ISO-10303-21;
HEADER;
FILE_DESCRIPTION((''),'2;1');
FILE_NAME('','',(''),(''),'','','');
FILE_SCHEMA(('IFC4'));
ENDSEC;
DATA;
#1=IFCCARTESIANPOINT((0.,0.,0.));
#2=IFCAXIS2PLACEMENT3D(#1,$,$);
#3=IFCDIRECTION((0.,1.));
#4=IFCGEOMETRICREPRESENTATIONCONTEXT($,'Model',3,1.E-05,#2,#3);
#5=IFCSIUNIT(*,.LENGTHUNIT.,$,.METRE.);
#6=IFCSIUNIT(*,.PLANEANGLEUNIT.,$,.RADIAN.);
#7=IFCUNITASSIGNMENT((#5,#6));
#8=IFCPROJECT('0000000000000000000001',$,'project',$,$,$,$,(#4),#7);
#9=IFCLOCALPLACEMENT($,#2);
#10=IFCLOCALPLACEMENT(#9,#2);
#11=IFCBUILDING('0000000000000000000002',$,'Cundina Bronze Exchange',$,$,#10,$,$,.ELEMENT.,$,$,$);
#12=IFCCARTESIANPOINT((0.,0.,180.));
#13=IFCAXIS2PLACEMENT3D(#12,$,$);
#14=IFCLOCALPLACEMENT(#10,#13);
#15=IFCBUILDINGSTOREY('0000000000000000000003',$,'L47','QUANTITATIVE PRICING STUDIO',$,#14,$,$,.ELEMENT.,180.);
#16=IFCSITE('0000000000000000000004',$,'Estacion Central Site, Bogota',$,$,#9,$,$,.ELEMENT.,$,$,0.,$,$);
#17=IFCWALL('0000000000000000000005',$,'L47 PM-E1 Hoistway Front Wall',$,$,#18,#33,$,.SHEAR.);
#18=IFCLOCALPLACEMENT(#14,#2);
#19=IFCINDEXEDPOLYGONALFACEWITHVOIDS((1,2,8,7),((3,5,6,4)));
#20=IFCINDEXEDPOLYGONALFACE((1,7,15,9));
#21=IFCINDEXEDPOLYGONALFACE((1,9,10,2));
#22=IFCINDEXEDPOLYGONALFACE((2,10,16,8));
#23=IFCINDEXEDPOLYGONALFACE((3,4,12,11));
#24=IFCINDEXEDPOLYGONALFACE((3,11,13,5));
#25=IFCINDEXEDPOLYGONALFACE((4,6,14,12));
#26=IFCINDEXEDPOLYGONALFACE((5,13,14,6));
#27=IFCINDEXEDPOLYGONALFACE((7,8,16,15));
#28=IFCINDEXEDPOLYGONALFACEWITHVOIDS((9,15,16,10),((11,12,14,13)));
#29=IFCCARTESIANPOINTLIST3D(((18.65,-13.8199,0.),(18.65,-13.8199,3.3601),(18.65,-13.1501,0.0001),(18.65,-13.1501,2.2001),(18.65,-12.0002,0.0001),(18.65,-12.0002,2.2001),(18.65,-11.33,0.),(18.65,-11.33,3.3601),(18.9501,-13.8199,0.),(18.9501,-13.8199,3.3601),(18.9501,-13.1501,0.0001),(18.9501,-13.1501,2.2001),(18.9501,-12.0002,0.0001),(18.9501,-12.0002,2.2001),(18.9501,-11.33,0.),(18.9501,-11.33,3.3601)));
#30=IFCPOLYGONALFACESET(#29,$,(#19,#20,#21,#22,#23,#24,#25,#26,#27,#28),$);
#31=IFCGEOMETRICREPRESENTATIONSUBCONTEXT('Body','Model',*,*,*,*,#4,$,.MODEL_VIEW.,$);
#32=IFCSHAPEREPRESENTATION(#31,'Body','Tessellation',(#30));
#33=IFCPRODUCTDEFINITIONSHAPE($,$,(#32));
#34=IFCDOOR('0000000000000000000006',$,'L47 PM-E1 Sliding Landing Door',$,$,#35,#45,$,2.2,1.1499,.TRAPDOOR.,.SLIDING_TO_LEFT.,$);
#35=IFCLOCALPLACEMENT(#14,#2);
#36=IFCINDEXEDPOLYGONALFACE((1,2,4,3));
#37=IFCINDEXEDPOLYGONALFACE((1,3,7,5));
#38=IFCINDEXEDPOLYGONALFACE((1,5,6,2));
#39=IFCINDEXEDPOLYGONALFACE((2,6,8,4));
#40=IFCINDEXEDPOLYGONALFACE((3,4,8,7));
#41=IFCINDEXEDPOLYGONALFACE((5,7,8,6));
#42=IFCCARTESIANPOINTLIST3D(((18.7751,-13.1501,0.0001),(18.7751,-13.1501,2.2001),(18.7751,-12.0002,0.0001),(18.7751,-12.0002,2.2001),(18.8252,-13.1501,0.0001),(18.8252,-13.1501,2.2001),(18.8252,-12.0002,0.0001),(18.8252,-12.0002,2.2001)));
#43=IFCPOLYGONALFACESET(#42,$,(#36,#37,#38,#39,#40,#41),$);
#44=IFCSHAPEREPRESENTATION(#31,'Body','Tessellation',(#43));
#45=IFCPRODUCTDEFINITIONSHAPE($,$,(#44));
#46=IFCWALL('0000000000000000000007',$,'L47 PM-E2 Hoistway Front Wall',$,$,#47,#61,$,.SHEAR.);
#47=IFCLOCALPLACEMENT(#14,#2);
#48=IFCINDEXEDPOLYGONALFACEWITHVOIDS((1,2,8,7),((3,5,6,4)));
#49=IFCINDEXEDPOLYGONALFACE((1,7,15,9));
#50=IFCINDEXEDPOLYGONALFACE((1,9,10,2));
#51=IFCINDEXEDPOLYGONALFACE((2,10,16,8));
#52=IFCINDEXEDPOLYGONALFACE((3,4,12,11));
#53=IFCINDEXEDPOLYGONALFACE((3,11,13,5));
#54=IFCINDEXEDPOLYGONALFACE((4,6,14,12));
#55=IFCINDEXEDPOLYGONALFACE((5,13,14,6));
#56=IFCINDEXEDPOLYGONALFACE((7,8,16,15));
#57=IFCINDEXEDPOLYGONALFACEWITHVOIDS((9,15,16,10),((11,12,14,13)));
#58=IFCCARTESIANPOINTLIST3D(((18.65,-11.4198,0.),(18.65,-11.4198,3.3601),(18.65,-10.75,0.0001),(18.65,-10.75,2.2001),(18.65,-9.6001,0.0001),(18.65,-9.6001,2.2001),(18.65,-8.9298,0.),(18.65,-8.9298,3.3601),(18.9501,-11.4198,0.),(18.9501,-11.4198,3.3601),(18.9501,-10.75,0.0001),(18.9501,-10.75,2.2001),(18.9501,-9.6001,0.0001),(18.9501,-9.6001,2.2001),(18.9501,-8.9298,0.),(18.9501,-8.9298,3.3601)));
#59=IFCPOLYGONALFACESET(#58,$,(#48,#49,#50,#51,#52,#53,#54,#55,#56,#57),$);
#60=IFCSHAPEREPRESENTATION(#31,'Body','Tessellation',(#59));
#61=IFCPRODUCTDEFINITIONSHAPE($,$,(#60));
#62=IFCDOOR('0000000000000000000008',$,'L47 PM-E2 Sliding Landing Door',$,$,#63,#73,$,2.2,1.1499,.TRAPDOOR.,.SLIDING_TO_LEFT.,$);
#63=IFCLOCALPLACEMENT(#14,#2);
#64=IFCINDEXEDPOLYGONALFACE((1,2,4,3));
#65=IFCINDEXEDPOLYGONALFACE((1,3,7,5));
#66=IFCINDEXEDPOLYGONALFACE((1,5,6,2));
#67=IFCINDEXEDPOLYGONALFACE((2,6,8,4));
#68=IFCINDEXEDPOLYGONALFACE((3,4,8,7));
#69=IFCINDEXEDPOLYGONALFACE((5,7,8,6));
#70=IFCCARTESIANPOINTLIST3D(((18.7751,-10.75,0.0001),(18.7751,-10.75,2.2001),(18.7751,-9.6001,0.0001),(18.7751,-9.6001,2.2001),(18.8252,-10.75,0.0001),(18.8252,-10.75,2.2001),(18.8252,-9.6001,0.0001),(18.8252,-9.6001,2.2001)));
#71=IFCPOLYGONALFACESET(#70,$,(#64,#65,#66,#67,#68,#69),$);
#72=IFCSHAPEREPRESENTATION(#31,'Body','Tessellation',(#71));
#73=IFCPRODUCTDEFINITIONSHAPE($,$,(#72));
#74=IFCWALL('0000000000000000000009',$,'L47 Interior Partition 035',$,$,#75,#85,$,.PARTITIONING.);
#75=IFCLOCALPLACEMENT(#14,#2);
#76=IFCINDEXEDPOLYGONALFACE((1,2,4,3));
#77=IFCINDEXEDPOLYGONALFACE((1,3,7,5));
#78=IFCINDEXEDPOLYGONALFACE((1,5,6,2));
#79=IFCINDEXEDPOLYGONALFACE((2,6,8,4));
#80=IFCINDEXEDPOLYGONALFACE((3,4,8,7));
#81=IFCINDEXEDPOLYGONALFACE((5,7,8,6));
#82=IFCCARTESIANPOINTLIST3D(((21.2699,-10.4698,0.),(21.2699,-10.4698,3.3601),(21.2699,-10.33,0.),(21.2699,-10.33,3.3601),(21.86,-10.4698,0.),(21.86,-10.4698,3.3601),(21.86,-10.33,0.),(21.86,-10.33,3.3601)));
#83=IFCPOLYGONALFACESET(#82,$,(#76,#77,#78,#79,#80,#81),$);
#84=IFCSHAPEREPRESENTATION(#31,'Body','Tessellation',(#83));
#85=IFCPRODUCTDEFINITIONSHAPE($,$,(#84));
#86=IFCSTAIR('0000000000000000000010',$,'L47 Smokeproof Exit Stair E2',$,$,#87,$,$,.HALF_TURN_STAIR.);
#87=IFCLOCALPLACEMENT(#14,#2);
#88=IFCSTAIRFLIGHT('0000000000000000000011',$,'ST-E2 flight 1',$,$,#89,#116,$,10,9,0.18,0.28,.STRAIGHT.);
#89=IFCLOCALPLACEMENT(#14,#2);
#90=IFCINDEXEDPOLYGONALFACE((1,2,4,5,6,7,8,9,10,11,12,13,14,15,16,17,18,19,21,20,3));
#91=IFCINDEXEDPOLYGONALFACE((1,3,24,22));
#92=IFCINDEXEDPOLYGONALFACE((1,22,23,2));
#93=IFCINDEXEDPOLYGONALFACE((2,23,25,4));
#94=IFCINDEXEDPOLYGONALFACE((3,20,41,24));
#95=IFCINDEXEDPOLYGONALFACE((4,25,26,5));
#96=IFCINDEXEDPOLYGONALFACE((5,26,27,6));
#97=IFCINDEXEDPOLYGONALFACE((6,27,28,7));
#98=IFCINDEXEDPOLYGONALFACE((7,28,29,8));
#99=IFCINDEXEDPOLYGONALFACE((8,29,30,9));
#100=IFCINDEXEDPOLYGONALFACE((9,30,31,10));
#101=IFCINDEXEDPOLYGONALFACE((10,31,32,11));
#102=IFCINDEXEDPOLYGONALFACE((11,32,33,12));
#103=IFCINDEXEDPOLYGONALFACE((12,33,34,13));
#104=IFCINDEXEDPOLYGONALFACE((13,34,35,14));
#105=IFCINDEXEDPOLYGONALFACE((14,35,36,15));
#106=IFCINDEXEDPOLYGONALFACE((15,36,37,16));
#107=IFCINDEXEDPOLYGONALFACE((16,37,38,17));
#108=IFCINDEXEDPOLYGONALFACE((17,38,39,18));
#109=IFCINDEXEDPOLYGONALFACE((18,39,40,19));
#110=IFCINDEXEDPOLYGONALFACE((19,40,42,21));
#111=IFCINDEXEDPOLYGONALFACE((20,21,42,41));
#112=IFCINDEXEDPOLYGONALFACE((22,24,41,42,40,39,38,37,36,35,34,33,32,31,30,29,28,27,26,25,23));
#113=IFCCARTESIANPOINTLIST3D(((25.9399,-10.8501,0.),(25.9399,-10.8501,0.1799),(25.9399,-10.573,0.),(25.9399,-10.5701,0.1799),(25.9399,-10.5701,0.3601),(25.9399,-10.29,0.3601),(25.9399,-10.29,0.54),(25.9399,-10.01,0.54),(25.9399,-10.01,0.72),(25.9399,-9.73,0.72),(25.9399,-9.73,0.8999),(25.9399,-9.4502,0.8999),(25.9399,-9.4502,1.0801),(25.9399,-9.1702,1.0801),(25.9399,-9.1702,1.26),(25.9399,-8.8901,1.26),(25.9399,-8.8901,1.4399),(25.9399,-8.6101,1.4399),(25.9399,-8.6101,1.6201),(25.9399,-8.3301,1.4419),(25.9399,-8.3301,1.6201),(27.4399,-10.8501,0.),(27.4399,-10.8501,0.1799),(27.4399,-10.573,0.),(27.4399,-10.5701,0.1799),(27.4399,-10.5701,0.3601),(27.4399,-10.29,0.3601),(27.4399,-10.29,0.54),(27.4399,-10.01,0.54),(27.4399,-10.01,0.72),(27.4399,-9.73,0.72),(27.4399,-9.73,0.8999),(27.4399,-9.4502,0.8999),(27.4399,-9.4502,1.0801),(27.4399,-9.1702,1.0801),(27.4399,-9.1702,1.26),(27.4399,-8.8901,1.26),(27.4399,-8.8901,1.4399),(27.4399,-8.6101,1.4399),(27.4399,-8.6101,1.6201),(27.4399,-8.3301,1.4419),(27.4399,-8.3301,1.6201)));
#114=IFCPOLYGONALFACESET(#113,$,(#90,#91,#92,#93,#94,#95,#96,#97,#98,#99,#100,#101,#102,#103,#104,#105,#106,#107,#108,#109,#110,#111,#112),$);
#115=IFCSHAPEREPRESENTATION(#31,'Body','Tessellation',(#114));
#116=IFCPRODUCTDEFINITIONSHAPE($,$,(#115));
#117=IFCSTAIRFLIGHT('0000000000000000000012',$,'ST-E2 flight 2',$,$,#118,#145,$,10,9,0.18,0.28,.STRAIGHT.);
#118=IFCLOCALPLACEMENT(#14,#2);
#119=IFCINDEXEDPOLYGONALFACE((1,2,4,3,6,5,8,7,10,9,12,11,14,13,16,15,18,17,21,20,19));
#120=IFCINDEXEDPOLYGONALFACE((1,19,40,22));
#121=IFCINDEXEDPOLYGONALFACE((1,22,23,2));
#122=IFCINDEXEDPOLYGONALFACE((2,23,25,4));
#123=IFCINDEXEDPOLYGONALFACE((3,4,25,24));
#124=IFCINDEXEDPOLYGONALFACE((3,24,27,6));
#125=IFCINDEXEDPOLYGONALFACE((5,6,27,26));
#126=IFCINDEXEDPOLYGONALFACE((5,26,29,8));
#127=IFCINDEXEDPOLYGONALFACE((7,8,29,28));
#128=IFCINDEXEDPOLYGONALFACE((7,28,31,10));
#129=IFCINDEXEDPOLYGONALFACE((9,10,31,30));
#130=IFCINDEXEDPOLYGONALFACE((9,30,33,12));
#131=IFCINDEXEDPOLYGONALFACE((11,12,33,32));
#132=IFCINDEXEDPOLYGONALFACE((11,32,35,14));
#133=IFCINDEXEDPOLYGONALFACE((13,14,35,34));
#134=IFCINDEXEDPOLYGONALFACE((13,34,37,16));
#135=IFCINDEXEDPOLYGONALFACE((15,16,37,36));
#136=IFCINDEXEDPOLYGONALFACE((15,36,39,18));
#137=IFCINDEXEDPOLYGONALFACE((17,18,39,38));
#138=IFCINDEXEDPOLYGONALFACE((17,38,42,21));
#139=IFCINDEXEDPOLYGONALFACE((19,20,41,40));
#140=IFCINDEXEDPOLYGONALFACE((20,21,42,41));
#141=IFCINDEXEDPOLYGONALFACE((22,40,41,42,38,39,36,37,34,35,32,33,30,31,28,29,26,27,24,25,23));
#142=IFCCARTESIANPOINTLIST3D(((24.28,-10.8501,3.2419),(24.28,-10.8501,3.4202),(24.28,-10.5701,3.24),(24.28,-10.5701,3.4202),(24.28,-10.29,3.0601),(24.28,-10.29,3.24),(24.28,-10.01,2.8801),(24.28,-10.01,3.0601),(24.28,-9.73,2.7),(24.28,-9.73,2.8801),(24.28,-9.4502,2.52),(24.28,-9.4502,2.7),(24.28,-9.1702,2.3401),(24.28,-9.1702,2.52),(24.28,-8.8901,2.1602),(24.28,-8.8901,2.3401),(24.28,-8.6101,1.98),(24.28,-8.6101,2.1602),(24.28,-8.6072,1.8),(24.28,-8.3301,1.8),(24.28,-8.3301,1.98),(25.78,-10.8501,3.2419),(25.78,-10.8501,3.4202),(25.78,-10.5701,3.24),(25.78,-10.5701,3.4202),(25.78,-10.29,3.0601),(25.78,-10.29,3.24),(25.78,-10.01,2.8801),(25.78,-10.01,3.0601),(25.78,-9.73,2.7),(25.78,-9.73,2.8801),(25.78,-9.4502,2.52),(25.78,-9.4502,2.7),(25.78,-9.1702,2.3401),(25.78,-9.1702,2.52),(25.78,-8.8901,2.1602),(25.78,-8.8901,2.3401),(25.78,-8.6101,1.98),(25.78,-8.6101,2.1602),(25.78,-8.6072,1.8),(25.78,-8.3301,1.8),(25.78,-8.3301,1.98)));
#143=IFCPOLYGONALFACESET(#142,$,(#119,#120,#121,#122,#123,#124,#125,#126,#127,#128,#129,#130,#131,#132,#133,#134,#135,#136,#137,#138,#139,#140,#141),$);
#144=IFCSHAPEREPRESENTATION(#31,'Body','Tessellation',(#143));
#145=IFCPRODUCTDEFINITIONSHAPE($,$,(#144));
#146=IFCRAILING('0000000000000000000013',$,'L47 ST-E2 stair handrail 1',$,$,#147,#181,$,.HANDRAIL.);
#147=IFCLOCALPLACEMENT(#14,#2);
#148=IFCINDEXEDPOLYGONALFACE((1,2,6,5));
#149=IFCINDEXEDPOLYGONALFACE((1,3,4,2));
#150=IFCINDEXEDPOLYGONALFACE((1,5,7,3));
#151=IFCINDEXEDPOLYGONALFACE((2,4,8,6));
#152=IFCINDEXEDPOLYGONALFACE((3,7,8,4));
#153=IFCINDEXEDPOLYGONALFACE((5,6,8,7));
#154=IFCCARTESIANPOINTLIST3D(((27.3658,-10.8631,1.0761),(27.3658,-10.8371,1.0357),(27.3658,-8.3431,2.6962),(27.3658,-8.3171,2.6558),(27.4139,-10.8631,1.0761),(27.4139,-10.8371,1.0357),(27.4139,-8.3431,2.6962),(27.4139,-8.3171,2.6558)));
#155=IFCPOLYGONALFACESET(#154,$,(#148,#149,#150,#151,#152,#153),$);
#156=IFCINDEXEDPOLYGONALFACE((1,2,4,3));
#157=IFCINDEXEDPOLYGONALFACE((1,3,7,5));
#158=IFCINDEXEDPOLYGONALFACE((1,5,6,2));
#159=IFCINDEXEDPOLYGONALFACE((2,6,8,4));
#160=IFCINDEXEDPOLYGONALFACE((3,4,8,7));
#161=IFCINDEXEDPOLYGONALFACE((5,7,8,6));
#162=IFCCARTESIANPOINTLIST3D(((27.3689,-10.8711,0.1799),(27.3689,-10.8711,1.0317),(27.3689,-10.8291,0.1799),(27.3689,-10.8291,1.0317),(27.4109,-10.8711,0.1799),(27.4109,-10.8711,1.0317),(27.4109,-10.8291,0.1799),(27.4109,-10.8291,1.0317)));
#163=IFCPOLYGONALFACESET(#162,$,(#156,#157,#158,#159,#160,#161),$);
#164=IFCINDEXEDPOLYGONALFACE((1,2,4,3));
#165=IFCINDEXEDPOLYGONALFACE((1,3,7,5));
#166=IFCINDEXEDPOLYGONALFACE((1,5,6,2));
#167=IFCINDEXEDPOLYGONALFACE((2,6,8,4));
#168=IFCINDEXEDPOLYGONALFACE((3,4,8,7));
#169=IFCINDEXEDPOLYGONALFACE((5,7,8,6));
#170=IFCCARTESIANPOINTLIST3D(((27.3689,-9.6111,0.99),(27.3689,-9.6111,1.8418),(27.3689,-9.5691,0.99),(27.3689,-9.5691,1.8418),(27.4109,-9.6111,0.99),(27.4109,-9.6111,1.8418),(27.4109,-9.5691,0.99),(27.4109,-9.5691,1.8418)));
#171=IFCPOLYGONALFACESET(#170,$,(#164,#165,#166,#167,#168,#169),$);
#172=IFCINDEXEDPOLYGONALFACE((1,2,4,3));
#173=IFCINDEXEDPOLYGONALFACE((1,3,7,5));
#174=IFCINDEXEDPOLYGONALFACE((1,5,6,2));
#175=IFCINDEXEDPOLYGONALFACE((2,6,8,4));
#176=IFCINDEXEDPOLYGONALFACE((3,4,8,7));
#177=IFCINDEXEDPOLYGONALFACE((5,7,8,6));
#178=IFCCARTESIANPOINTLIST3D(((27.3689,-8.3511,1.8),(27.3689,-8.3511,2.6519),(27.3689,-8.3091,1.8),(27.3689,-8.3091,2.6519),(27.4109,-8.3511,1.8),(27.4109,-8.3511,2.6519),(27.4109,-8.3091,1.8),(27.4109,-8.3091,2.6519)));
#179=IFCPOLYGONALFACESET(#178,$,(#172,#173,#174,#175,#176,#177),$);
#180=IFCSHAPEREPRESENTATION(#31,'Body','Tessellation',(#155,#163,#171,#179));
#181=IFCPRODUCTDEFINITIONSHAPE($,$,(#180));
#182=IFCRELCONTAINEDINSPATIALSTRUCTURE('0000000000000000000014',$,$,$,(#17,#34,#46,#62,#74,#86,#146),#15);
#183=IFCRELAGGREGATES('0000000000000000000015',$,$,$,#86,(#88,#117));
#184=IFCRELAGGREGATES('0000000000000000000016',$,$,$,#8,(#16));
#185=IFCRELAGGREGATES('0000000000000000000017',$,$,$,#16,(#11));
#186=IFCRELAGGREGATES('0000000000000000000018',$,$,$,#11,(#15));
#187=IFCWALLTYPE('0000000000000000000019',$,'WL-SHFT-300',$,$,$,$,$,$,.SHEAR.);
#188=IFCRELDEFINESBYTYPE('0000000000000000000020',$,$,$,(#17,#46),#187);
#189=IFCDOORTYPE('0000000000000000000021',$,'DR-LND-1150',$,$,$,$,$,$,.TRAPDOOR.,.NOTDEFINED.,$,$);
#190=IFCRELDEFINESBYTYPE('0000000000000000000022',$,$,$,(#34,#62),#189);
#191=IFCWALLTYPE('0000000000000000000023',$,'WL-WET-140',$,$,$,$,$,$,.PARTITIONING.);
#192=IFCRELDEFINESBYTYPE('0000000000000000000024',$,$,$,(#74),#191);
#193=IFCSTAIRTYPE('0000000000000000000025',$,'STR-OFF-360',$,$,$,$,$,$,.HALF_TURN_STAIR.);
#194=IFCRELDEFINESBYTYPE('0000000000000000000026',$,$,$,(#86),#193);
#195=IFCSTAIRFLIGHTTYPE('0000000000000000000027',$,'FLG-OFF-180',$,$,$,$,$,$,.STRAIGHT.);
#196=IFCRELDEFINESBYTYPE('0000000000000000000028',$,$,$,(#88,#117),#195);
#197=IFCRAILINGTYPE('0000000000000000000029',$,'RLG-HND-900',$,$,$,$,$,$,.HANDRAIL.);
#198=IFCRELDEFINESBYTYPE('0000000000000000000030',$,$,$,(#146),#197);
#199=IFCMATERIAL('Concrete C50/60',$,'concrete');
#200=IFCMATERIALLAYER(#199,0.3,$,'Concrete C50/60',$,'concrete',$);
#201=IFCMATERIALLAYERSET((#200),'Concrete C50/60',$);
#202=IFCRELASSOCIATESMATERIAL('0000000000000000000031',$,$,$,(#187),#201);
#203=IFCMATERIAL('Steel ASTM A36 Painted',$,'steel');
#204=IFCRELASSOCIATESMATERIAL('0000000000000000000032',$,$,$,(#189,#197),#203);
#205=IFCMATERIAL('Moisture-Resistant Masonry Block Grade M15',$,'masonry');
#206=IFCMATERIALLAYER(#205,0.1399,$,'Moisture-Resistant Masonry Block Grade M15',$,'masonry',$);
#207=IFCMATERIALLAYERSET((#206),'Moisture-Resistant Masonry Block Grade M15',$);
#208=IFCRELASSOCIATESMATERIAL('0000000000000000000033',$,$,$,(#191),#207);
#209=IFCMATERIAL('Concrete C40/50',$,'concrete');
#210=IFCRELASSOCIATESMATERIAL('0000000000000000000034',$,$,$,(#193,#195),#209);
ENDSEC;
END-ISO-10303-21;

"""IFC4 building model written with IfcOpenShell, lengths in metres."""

from ifc_helpers import new_model, si_unit, direction, frame, frame_2d, origin, origin_2d, place, context, subcontext, project, spatial, polyline, rectangle, outline, extrude, material, layer, layer_set, type_object, element, fill, aggregate, save


model = new_model("IFC4")

# Units and contexts
model_context = context("Model", 3, precision=1e-05, world=origin(), true_north=direction((0.0, 1.0)))
body_context = subcontext(model_context, "Body", "Model", "MODEL_VIEW")
ifc_project = project(units=[si_unit("LENGTHUNIT", "METRE"), si_unit("PLANEANGLEUNIT", "RADIAN")], contexts=[model_context])

# Site, building, storey
site_placement = place(None, origin())
site = spatial("IfcSite", under=ifc_project, at=site_placement, Name="Estacion Central Site, Bogota", CompositionType="ELEMENT", RefElevation=0.0)
building_placement = place(site_placement, origin())
building = spatial("IfcBuilding", under=site, at=building_placement, Name="Cundina Bronze Exchange", CompositionType="ELEMENT")
storey_placement = place(building_placement, frame((0.0, 0.0, 180.0)))
storey = spatial("IfcBuildingStorey", under=building, at=storey_placement, Name="L47", Description="QUANTITATIVE PRICING STUDIO", CompositionType="ELEMENT", Elevation=180.0)

# Shared definitions
ifc_material_1 = material(Name="Concrete C50/60", Category="concrete")

# Shared definitions
ifc_layer_1 = layer(ifc_material_1, 0.3, Name="Concrete C50/60", Category="concrete")
ifc_layer_set_1 = layer_set([ifc_layer_1], Name="Concrete C50/60")
wall_type_1 = type_object("IfcWallType", Name="WL-SHFT-300", PredefinedType="SHEAR", material=ifc_layer_set_1)

# Shared definitions
ifc_material_2 = material(Name="Steel ASTM A36 Painted", Category="steel")
door_type_1 = type_object("IfcDoorType", Name="DR-LND-1150", OperationType="NOTDEFINED", PredefinedType="TRAPDOOR", material=ifc_material_2)

# Walls, openings, doors
wall_1_placement = place(storey_placement, frame((18.8, -13.8201, 0.0), z_axis=(0.0, 0.0, 1.0), x_axis=(0.0, 1.0, 0.0)))
wall_1 = element("IfcWall", 1, at=wall_1_placement, inside=storey, type_object=wall_type_1, Name="L47 PM-E1 Hoistway Front Wall", PredefinedType="SHEAR", context=body_context, shape_type="SweptSolid", body=[
    extrude(rectangle(XDim=2.49, YDim=0.3, at=frame_2d((1.2451, 0.0))), origin(), (0.0, 0.0, 1.0), 3.3601),
])
opening_1_placement = place(wall_1_placement, frame((0.6699, 0.0, 0.0)))
opening_1 = element("IfcOpeningElement", 2, at=opening_1_placement, cuts=wall_1, PredefinedType="OPENING", context=body_context, shape_type="SweptSolid", body=[
    extrude(rectangle(XDim=1.1499, YDim=2.2, at=frame_2d((0.575, 1.1001))), frame((0.0, 0.1599, 0.0), z_axis=(0.0, -1.0, 0.0), x_axis=(1.0, 0.0, 0.0)), (0.0, 0.0, 1.0), 0.3201),
])
door_1_placement = place(opening_1_placement, origin())
door_1 = element("IfcDoor", 3, at=door_1_placement, inside=storey, type_object=door_type_1, Name="L47 PM-E1 Sliding Landing Door", OperationType="SLIDING_TO_LEFT", OverallHeight=2.2, OverallWidth=1.1499, PredefinedType="TRAPDOOR", context=body_context, shape_type="SweptSolid", body=[
    extrude(rectangle(XDim=1.1499, YDim=2.2, at=frame_2d((0.575, 1.1001))), frame((0.0, 0.0249, 0.0), z_axis=(0.0, -1.0, 0.0), x_axis=(1.0, 0.0, 0.0)), (0.0, 0.0, 1.0), 0.05),
])
fill(opening_1, door_1)
wall_2_placement = place(storey_placement, frame((18.8, -11.4199, 0.0), z_axis=(0.0, 0.0, 1.0), x_axis=(0.0, 1.0, 0.0)))
wall_2 = element("IfcWall", 4, at=wall_2_placement, inside=storey, type_object=wall_type_1, Name="L47 PM-E2 Hoistway Front Wall", PredefinedType="SHEAR", context=body_context, shape_type="SweptSolid", body=[
    extrude(rectangle(XDim=2.49, YDim=0.3, at=frame_2d((1.2451, 0.0))), origin(), (0.0, 0.0, 1.0), 3.3601),
])
opening_2_placement = place(wall_2_placement, frame((0.6699, 0.0, 0.0)))
opening_2 = element("IfcOpeningElement", 5, at=opening_2_placement, cuts=wall_2, PredefinedType="OPENING", context=body_context, shape_type="SweptSolid", body=[
    extrude(rectangle(XDim=1.1499, YDim=2.2, at=frame_2d((0.575, 1.1001))), frame((0.0, 0.1599, 0.0), z_axis=(0.0, -1.0, 0.0), x_axis=(1.0, 0.0, 0.0)), (0.0, 0.0, 1.0), 0.3201),
])
door_2_placement = place(opening_2_placement, origin())
door_2 = element("IfcDoor", 6, at=door_2_placement, inside=storey, type_object=door_type_1, Name="L47 PM-E2 Sliding Landing Door", OperationType="SLIDING_TO_LEFT", OverallHeight=2.2, OverallWidth=1.1499, PredefinedType="TRAPDOOR", context=body_context, shape_type="SweptSolid", body=[
    extrude(rectangle(XDim=1.1499, YDim=2.2, at=frame_2d((0.575, 1.1001))), frame((0.0, 0.0249, 0.0), z_axis=(0.0, -1.0, 0.0), x_axis=(1.0, 0.0, 0.0)), (0.0, 0.0, 1.0), 0.05),
])
fill(opening_2, door_2)

# Wall
ifc_material_3 = material(Name="Moisture-Resistant Masonry Block Grade M15", Category="masonry")
ifc_layer_2 = layer(ifc_material_3, 0.1399, Name="Moisture-Resistant Masonry Block Grade M15", Category="masonry")
ifc_layer_set_2 = layer_set([ifc_layer_2], Name="Moisture-Resistant Masonry Block Grade M15")
wall_type_2 = type_object("IfcWallType", Name="WL-WET-140", PredefinedType="PARTITIONING", material=ifc_layer_set_2)
wall_3_placement = place(storey_placement, frame((21.27, -10.3999, 0.0), z_axis=(0.0, 0.0, 1.0), x_axis=(1.0, 0.0, 0.0)))
element("IfcWall", 7, at=wall_3_placement, inside=storey, type_object=wall_type_2, Name="L47 Interior Partition 035", PredefinedType="PARTITIONING", context=body_context, shape_type="SweptSolid", body=[
    extrude(rectangle(XDim=0.5901, YDim=0.1399, at=frame_2d((0.2949, 0.0))), origin(), (0.0, 0.0, 1.0), 3.3601),
])

# Stair, stair flights
ifc_material_4 = material(Name="Concrete C40/50", Category="concrete")
stair_type = type_object("IfcStairType", Name="STR-OFF-360", PredefinedType="HALF_TURN_STAIR", material=ifc_material_4)
stair_placement = place(storey_placement, origin())
stair = element("IfcStair", 8, at=stair_placement, inside=storey, type_object=stair_type, Name="L47 Smokeproof Exit Stair E2", PredefinedType="HALF_TURN_STAIR")
stair_flight_type = type_object("IfcStairFlightType", Name="FLG-OFF-180", PredefinedType="STRAIGHT", material=ifc_material_4)
stair_flight_1_placement = place(storey_placement, frame((26.6899, -10.8501, 0.0), z_axis=(0.0, 0.0, 1.0), x_axis=(0.0, 1.0, 0.0)))
stair_flight_1 = element("IfcStairFlight", 9, at=stair_flight_1_placement, type_object=stair_flight_type, Name="ST-E2 flight 1", NumberOfRisers=10, NumberOfTreads=9, PredefinedType="STRAIGHT", RiserHeight=0.18, TreadLength=0.28, context=body_context, shape_type="SweptSolid", body=[
    extrude(outline(polyline([(0.0, 0.0), (0.0, 0.1799), (0.28, 0.1799), (0.28, 0.3601), (0.5601, 0.3601), (0.5601, 0.54), (0.8401, 0.54), (0.8401, 0.72), (1.1201, 0.72), (1.1201, 0.8999), (1.3999, 0.8999), (1.3999, 1.0801), (1.6799, 1.0801), (1.6799, 1.26), (1.96, 1.26), (1.96, 1.4399), (2.24, 1.4399), (2.24, 1.6201), (2.52, 1.6201), (2.52, 1.8), (2.52, 1.4419), (0.2771, 0.0), (0.0, 0.0)])), frame((0.0, 0.75, 0.0), z_axis=(0.0, -1.0, 0.0), x_axis=(1.0, 0.0, 0.0)), (0.0, 0.0, 1.0), 1.5),
])
stair_flight_2_placement = place(storey_placement, frame((25.03, -8.3301, 1.8), z_axis=(0.0, 0.0, 1.0), x_axis=(0.0, -1.0, 0.0)))
stair_flight_2 = element("IfcStairFlight", 10, at=stair_flight_2_placement, type_object=stair_flight_type, Name="ST-E2 flight 2", NumberOfRisers=10, NumberOfTreads=9, PredefinedType="STRAIGHT", RiserHeight=0.18, TreadLength=0.28, context=body_context, shape_type="SweptSolid", body=[
    extrude(outline(polyline([(0.0, 0.0), (0.0, 0.1799), (0.28, 0.1799), (0.28, 0.3601), (0.5601, 0.3601), (0.5601, 0.54), (0.8401, 0.54), (0.8401, 0.72), (1.1201, 0.72), (1.1201, 0.8999), (1.3999, 0.8999), (1.3999, 1.0801), (1.6799, 1.0801), (1.6799, 1.26), (1.96, 1.26), (1.96, 1.4399), (2.24, 1.4399), (2.24, 1.6201), (2.52, 1.6201), (2.52, 1.8), (2.52, 1.4419), (0.2771, 0.0), (0.0, 0.0)])), frame((0.0, 0.75, 0.0), z_axis=(0.0, -1.0, 0.0), x_axis=(1.0, 0.0, 0.0)), (0.0, 0.0, 1.0), 1.5),
])
aggregate(stair, [stair_flight_1, stair_flight_2])

# Railing
railing_type_1 = type_object("IfcRailingType", Name="RLG-HND-900", PredefinedType="HANDRAIL", material=ifc_material_2)
railing_1_placement = place(storey_placement, frame((27.3899, -10.8501, 0.1799)))
element("IfcRailing", 11, at=railing_1_placement, inside=storey, type_object=railing_type_1, Name="L47 ST-E2 stair handrail 1", PredefinedType="HANDRAIL", context=body_context, shape_type="SweptSolid", body=[
    extrude(rectangle(XDim=0.0481, YDim=0.0481, at=origin_2d()), frame((0.0, 0.0, 0.876), z_axis=(0.0, 0.841163, 0.540782), x_axis=(-1.0, 0.0, 0.0)), (0.0, 0.0, 1.0), 2.9958),
    extrude(rectangle(XDim=0.042, YDim=0.042, at=origin_2d()), origin(), (0.0, 0.0, 1.0), 0.8518),
    extrude(rectangle(XDim=0.042, YDim=0.042, at=origin_2d()), frame((0.0, 1.26, 0.8101)), (0.0, 0.0, 1.0), 0.8518),
    extrude(rectangle(XDim=0.042, YDim=0.042, at=origin_2d()), frame((0.0, 2.52, 1.6201)), (0.0, 0.0, 1.0), 0.8518),
])

save(model, "model.ifc")
